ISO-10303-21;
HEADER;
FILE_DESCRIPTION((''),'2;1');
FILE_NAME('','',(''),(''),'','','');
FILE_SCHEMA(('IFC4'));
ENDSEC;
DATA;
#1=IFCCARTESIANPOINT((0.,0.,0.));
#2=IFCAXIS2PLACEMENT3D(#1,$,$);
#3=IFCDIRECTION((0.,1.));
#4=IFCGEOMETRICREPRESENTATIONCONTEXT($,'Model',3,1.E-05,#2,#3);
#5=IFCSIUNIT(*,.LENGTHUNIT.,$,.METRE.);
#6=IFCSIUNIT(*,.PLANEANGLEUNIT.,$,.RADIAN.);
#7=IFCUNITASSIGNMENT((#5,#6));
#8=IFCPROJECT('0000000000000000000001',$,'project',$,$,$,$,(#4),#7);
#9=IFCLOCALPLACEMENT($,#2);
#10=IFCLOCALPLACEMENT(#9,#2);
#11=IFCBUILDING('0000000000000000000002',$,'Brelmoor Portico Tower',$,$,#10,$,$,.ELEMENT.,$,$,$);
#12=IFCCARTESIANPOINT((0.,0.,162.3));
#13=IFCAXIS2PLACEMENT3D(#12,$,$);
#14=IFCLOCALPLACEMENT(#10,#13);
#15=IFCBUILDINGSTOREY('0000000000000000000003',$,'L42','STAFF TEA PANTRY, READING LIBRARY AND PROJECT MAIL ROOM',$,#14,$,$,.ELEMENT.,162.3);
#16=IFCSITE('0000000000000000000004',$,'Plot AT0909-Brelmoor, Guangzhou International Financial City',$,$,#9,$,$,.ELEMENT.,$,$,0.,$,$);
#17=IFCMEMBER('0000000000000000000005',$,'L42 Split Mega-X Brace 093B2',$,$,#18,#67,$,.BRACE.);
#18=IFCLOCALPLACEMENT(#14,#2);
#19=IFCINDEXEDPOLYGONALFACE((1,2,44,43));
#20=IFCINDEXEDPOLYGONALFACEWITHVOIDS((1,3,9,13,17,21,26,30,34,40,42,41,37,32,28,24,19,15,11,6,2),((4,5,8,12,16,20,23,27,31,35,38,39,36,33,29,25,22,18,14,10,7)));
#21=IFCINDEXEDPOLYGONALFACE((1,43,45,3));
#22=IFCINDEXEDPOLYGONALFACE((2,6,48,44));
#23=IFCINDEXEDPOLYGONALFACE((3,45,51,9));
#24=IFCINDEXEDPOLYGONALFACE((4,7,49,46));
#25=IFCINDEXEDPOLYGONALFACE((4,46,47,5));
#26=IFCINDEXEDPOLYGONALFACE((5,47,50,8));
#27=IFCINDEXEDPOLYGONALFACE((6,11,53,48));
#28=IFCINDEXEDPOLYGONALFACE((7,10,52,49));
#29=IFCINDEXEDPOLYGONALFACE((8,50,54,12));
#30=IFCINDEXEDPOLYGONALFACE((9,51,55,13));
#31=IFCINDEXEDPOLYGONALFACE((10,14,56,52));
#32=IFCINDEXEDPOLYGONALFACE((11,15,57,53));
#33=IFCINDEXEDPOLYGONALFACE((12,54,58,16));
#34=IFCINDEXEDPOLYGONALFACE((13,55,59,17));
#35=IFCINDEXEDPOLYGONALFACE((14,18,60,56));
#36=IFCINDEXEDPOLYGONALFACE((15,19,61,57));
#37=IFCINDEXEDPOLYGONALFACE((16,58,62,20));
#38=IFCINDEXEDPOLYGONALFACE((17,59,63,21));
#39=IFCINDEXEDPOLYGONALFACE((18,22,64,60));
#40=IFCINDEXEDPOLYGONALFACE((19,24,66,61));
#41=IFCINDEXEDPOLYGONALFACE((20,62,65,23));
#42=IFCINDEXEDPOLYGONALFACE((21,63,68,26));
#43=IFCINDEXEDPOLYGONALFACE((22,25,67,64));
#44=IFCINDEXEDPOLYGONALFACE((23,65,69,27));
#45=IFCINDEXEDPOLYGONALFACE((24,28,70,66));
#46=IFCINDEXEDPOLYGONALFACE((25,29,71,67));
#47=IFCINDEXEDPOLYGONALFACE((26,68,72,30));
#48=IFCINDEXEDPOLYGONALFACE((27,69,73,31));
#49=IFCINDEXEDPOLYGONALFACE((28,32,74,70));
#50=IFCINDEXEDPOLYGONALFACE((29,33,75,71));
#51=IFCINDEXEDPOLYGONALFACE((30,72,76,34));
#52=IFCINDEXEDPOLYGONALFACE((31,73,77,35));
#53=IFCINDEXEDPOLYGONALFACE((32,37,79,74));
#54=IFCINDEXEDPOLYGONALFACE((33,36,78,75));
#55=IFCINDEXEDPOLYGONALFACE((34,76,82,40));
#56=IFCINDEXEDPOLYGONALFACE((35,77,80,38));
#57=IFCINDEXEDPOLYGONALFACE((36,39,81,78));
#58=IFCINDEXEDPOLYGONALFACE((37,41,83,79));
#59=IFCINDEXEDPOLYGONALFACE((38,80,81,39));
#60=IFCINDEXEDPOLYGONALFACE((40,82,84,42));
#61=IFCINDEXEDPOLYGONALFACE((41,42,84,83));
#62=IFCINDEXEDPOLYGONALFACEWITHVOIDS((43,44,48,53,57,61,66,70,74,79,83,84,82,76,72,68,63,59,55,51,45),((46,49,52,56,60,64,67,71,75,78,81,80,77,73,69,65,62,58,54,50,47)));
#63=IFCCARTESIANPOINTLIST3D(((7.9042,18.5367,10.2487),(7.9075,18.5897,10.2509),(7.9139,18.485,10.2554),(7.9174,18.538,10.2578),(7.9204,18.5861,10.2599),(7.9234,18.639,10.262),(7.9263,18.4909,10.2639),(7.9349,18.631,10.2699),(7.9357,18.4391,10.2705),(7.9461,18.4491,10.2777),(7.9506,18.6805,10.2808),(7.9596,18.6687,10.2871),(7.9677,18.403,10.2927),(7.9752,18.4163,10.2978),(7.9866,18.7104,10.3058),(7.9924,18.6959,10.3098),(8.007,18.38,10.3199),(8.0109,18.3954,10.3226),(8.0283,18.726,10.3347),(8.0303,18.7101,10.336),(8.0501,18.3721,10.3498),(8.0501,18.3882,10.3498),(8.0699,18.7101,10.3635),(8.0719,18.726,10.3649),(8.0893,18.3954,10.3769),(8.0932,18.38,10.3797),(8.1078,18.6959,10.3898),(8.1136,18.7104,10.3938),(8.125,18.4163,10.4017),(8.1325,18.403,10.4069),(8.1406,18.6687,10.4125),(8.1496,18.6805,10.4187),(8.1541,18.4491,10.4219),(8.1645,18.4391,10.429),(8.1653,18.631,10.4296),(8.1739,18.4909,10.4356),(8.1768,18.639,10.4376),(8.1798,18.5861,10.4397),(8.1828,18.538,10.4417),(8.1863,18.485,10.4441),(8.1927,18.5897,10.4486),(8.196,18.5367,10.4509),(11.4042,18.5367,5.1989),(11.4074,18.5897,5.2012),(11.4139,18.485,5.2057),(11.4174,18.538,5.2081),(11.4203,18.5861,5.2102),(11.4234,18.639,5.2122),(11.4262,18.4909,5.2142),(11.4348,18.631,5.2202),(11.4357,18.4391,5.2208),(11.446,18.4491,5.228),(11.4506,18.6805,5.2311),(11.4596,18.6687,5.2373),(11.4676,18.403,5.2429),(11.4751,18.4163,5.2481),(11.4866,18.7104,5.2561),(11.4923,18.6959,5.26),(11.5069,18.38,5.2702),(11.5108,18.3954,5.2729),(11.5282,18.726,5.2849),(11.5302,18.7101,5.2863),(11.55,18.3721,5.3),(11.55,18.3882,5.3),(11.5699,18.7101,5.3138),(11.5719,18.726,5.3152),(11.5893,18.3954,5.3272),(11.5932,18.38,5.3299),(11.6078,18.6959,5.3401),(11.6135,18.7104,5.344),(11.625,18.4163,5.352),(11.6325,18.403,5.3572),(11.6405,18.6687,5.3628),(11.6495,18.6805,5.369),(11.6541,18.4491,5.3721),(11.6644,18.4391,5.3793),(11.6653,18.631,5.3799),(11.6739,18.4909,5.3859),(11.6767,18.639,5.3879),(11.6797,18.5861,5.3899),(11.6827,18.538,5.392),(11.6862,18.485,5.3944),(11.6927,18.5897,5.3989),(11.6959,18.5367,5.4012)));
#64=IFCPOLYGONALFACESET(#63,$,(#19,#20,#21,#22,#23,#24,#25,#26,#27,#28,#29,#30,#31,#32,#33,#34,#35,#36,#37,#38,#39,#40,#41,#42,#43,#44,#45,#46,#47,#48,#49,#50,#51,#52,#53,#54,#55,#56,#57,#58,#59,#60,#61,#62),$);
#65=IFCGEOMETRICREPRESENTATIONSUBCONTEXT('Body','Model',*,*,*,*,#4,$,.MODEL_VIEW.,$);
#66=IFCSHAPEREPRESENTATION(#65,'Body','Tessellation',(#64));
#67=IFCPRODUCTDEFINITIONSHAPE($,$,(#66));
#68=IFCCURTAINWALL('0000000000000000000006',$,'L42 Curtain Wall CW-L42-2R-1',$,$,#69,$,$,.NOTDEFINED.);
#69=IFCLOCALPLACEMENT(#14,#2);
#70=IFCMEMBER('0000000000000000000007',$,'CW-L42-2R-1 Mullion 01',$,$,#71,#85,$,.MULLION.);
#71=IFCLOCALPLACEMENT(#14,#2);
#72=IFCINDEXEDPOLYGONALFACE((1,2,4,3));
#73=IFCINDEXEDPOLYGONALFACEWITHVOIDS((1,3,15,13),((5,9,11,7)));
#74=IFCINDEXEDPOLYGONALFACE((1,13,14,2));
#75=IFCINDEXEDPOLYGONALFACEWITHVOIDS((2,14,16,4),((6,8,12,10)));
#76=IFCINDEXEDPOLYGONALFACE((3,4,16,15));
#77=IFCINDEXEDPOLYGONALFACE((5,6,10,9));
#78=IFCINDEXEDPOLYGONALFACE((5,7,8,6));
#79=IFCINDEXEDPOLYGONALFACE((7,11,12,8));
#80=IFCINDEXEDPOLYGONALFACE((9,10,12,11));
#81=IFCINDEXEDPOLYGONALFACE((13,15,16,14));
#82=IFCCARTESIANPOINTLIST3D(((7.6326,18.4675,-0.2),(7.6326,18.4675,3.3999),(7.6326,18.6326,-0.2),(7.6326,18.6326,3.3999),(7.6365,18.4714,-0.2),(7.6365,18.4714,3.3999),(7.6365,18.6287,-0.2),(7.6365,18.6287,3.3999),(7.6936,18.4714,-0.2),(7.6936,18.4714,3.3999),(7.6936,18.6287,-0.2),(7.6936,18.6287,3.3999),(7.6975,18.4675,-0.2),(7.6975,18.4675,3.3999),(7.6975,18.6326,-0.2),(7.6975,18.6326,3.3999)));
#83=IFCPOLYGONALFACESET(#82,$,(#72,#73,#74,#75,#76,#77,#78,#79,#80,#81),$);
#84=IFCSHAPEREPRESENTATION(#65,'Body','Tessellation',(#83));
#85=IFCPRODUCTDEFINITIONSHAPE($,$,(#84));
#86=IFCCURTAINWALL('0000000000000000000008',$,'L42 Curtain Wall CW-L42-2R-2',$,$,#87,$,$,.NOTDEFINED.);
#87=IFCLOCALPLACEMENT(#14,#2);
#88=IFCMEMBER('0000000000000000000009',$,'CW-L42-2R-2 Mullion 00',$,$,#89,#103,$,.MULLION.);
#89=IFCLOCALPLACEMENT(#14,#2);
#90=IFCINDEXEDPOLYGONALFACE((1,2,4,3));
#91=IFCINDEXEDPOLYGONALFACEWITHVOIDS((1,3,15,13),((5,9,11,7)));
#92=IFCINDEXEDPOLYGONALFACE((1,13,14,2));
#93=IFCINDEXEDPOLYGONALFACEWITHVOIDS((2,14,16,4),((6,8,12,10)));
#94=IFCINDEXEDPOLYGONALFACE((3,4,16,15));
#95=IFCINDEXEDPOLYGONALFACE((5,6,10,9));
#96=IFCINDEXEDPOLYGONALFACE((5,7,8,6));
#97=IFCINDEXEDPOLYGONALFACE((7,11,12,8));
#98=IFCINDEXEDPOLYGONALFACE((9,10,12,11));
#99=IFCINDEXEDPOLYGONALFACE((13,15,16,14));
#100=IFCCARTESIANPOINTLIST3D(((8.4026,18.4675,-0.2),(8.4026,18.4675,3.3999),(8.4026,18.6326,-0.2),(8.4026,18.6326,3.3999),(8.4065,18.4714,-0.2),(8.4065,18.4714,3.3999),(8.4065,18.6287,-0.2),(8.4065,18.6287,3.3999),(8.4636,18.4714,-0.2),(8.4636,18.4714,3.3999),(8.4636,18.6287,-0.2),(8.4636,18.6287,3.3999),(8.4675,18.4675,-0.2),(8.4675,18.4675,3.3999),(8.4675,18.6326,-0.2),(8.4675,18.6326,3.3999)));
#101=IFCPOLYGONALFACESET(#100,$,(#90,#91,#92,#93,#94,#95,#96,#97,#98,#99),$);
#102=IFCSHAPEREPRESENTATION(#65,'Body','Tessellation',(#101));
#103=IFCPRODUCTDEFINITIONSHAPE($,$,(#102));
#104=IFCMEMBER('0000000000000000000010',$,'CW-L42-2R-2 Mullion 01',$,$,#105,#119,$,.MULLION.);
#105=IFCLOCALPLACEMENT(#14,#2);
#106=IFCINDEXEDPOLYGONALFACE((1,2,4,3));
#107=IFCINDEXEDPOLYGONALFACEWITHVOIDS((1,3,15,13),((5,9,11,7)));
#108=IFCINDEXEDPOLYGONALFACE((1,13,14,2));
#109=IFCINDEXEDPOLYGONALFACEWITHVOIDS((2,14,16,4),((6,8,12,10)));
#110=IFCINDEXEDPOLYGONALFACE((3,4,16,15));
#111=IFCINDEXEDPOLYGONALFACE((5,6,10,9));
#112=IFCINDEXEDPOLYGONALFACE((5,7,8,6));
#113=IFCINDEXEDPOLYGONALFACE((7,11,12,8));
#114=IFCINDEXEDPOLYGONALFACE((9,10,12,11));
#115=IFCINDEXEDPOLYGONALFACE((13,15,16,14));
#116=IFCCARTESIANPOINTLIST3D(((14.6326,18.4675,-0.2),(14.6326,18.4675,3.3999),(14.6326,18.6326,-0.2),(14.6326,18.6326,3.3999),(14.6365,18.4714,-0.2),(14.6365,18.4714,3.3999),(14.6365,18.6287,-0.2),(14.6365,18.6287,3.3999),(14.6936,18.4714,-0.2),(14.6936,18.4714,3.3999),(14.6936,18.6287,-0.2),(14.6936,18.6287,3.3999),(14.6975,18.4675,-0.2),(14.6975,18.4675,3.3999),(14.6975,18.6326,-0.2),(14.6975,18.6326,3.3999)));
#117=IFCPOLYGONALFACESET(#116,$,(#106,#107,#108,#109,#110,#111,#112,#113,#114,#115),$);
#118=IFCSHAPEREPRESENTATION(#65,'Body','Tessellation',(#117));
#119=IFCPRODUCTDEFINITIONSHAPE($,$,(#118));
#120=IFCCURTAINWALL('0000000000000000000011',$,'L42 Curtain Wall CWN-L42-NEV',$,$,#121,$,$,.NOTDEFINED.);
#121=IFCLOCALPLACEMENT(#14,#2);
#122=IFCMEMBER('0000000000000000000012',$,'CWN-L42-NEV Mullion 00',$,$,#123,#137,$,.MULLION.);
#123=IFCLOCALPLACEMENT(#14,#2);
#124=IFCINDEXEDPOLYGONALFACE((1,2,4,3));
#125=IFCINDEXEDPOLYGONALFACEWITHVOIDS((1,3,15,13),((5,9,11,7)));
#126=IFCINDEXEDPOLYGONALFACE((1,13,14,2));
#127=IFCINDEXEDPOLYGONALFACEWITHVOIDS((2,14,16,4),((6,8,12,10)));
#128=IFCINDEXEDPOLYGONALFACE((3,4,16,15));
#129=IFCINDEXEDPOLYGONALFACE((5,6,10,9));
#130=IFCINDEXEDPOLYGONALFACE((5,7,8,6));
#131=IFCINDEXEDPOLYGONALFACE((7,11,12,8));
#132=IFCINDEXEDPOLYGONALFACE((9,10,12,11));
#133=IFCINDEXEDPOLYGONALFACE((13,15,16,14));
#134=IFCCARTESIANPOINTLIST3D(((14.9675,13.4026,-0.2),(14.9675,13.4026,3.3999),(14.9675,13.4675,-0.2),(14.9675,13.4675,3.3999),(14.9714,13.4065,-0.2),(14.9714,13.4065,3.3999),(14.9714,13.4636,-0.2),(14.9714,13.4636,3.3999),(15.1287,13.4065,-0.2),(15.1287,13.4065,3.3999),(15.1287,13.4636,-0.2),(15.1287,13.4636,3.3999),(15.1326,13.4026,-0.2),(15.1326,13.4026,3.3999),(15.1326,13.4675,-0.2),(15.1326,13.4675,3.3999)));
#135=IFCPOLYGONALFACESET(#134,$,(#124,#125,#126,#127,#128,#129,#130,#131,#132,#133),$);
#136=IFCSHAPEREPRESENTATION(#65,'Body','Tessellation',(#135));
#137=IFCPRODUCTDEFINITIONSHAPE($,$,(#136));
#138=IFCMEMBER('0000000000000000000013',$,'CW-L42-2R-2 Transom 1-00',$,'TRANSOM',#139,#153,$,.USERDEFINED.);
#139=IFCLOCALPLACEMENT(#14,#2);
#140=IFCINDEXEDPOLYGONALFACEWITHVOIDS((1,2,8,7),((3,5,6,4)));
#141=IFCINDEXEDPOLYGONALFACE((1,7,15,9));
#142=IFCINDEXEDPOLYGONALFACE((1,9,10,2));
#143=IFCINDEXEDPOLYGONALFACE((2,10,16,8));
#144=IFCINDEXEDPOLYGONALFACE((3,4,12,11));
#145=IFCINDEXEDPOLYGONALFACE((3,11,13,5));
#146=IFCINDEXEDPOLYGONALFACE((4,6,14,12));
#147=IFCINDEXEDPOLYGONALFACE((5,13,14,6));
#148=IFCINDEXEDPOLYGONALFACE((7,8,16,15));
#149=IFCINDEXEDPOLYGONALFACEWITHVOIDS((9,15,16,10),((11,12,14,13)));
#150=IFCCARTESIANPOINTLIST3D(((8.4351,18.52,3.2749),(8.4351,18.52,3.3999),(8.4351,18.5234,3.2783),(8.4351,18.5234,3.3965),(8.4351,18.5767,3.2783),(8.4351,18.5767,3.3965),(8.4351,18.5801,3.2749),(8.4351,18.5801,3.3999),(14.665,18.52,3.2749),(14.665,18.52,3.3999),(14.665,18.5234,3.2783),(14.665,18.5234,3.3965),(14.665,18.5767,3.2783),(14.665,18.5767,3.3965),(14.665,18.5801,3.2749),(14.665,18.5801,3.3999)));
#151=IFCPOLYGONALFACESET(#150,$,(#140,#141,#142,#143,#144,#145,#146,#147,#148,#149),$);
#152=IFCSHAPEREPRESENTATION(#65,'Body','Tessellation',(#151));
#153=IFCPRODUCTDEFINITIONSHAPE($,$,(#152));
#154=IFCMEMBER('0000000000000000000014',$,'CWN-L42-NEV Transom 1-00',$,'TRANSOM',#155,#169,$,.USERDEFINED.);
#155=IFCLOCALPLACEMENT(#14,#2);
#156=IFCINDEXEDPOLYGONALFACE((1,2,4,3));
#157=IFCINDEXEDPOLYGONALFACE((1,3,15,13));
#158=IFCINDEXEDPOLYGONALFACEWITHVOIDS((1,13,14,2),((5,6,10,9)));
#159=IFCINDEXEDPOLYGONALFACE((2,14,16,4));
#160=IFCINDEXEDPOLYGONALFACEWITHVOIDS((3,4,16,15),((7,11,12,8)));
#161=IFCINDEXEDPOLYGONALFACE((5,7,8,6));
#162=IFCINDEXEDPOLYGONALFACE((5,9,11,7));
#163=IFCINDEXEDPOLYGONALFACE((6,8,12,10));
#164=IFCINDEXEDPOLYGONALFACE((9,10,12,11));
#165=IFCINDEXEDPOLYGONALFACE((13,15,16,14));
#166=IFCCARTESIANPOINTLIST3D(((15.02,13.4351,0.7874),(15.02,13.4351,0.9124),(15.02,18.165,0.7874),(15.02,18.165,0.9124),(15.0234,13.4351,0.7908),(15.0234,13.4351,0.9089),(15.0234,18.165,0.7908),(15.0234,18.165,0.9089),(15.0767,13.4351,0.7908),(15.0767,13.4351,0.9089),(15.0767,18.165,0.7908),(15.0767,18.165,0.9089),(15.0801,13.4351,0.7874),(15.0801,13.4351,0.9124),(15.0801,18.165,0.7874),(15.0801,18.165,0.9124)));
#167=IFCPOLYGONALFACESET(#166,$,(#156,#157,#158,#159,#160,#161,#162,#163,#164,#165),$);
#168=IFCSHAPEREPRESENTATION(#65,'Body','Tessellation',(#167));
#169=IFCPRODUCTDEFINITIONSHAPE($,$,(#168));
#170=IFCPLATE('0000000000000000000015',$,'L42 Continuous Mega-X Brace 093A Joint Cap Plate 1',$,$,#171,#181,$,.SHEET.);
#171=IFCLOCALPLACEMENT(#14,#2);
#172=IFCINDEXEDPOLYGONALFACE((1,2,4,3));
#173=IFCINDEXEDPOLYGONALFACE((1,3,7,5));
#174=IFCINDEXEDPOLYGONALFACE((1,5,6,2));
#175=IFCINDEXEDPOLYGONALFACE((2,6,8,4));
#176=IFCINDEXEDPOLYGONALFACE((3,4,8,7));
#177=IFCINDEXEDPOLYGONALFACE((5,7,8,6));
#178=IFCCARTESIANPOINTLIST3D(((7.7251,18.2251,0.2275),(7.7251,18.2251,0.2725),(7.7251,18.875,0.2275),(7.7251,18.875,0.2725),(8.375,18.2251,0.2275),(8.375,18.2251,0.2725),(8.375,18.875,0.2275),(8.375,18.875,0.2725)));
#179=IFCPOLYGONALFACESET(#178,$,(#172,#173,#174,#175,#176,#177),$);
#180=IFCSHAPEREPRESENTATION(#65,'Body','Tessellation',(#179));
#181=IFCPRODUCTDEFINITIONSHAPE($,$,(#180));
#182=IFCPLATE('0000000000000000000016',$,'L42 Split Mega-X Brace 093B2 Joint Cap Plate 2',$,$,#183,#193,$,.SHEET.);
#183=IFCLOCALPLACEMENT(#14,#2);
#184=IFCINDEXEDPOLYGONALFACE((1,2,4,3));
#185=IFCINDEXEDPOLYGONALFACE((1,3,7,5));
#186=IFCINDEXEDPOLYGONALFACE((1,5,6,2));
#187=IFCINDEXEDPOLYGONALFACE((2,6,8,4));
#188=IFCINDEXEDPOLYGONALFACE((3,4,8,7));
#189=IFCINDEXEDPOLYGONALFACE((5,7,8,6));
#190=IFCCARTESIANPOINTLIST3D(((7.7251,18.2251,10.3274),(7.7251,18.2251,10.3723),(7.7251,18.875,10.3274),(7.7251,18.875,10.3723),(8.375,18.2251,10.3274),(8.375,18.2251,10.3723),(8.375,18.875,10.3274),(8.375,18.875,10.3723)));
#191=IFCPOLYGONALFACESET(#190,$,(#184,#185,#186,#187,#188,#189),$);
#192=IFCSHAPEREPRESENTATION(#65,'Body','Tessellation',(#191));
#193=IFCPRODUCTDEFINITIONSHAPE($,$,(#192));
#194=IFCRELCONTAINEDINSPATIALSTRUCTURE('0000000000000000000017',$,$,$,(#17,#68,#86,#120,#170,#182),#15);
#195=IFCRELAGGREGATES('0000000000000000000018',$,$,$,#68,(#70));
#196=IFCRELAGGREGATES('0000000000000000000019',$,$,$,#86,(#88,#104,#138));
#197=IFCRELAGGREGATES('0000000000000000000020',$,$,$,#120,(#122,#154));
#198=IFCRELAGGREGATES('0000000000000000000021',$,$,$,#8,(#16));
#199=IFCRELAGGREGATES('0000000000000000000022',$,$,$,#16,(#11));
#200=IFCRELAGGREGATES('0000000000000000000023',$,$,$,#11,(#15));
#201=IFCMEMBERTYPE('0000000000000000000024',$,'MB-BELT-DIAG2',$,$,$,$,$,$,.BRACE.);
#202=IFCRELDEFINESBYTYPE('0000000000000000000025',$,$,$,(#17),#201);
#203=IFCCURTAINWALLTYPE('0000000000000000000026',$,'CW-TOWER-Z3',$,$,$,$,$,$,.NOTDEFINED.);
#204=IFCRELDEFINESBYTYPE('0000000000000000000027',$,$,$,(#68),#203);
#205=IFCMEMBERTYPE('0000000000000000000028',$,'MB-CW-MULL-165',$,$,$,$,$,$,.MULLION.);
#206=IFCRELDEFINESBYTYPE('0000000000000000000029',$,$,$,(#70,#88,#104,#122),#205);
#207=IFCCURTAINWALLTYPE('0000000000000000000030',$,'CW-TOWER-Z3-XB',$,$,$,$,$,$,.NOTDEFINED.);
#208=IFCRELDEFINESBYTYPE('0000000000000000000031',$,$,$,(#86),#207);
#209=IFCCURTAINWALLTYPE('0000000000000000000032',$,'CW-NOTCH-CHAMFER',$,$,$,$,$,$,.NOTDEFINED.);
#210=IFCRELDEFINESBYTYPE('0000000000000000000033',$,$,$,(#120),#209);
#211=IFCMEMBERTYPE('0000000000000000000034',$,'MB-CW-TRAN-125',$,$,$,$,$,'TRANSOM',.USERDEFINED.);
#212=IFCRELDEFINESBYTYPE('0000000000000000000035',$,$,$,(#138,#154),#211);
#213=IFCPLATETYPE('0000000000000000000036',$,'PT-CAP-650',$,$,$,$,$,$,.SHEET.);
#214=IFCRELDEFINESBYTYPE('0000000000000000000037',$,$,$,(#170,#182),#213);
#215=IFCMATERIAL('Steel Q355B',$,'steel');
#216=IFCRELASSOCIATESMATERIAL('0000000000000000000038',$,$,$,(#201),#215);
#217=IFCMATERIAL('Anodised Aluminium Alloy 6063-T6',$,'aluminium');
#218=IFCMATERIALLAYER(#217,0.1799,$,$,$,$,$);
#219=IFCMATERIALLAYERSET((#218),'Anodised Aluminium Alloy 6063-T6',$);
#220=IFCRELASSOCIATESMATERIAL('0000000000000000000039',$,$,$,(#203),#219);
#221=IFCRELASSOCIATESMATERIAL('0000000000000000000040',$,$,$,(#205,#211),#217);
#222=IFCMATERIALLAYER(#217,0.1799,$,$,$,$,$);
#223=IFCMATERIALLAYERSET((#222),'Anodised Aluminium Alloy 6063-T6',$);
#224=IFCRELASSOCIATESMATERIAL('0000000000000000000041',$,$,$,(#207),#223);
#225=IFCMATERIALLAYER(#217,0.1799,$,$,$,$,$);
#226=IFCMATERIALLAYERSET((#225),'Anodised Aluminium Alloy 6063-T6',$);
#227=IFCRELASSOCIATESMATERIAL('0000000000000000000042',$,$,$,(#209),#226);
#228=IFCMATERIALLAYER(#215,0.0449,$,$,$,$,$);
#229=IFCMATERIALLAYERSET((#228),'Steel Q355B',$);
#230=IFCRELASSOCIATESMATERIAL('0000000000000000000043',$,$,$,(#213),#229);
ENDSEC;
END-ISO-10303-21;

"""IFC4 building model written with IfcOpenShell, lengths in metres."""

from ifc_helpers import new_model, si_unit, direction, frame, origin, origin_2d, place, context, subcontext, project, spatial, rectangle, hollow_rectangle, hollow_circle, extrude, material, layer, layer_set, material_profile, profile_set, type_object, element, aggregate, save


model = new_model("IFC4")

# Units and contexts
model_context = context("Model", 3, precision=1e-05, world=origin(), true_north=direction((0.0, 1.0)))
body_context = subcontext(model_context, "Body", "Model", "MODEL_VIEW")
ifc_project = project(units=[si_unit("LENGTHUNIT", "METRE"), si_unit("PLANEANGLEUNIT", "RADIAN")], contexts=[model_context])

# Site, building, storey
site_placement = place(None, origin())
site = spatial("IfcSite", under=ifc_project, at=site_placement, Name="Plot AT0909-Brelmoor, Guangzhou International Financial City", CompositionType="ELEMENT", RefElevation=0.0)
building_placement = place(site_placement, origin())
building = spatial("IfcBuilding", under=site, at=building_placement, Name="Brelmoor Portico Tower", CompositionType="ELEMENT")
storey_placement = place(building_placement, frame((0.0, 0.0, 162.3)))
storey = spatial("IfcBuildingStorey", under=building, at=storey_placement, Name="L42", Description="STAFF TEA PANTRY, READING LIBRARY AND PROJECT MAIL ROOM", CompositionType="ELEMENT", Elevation=162.3)

# Shared definitions
ifc_material_1 = material(Name="Steel Q355B", Category="steel")

# Member
ifc_material_profile_1 = material_profile(ifc_material_1, hollow_circle(Radius=0.178, WallThickness=0.0161, at=origin_2d()), Name="CHS 356x16")
ifc_profile_set_1 = profile_set([ifc_material_profile_1], Name="Steel Q355B")
member_type_1 = type_object("IfcMemberType", Name="MB-BELT-DIAG2", PredefinedType="BRACE", material=ifc_profile_set_1)
member_1_placement = place(storey_placement, frame((11.55, 18.55, 5.3), z_axis=(-0.569648, 0.0, 0.821889), x_axis=(0.0, -1.0, 0.0)))
element("IfcMember", 1, at=member_1_placement, inside=storey, type_object=member_type_1, Name="L42 Split Mega-X Brace 093B2", PredefinedType="BRACE", context=body_context, shape_type="SweptSolid", body=[
    extrude(hollow_circle(Radius=0.178, WallThickness=0.0161, at=origin_2d()), origin(), (0.0, 0.0, 1.0), 6.144),
])

# Curtain wall, member
ifc_material_2 = material(Name="Anodised Aluminium Alloy 6063-T6", Category="aluminium")
ifc_layer_1 = layer(ifc_material_2, 0.1799)
ifc_layer_set_1 = layer_set([ifc_layer_1], Name="Anodised Aluminium Alloy 6063-T6")
curtain_wall_type_1 = type_object("IfcCurtainWallType", Name="CW-TOWER-Z3", PredefinedType="NOTDEFINED", material=ifc_layer_set_1)
curtain_wall_1_placement = place(storey_placement, origin())
curtain_wall_1 = element("IfcCurtainWall", 2, at=curtain_wall_1_placement, inside=storey, type_object=curtain_wall_type_1, Name="L42 Curtain Wall CW-L42-2R-1", PredefinedType="NOTDEFINED")
ifc_material_profile_2 = material_profile(ifc_material_2, hollow_rectangle(XDim=0.0649, YDim=0.165, WallThickness=0.0039, at=origin_2d()), Name="ALU MULLION 65x165")
ifc_profile_set_2 = profile_set([ifc_material_profile_2], Name="Anodised Aluminium Alloy 6063-T6")
member_type_2 = type_object("IfcMemberType", Name="MB-CW-MULL-165", PredefinedType="MULLION", material=ifc_profile_set_2)
member_2_placement = place(storey_placement, frame((7.665, 18.55, -0.2), z_axis=(0.0, 0.0, 1.0), x_axis=(1.0, 0.0, 0.0)))
member_2 = element("IfcMember", 3, at=member_2_placement, type_object=member_type_2, Name="CW-L42-2R-1 Mullion 01", PredefinedType="MULLION", context=body_context, shape_type="SweptSolid", body=[
    extrude(hollow_rectangle(XDim=0.0649, YDim=0.165, WallThickness=0.0039, at=origin_2d()), origin(), (0.0, 0.0, 1.0), 3.5999),
])

# Curtain wall, members
ifc_layer_2 = layer(ifc_material_2, 0.1799)
ifc_layer_set_2 = layer_set([ifc_layer_2], Name="Anodised Aluminium Alloy 6063-T6")
curtain_wall_type_2 = type_object("IfcCurtainWallType", Name="CW-TOWER-Z3-XB", PredefinedType="NOTDEFINED", material=ifc_layer_set_2)
curtain_wall_2_placement = place(storey_placement, origin())
curtain_wall_2 = element("IfcCurtainWall", 4, at=curtain_wall_2_placement, inside=storey, type_object=curtain_wall_type_2, Name="L42 Curtain Wall CW-L42-2R-2", PredefinedType="NOTDEFINED")
member_3_placement = place(storey_placement, frame((8.4351, 18.55, -0.2), z_axis=(0.0, 0.0, 1.0), x_axis=(1.0, 0.0, 0.0)))
member_3 = element("IfcMember", 5, at=member_3_placement, type_object=member_type_2, Name="CW-L42-2R-2 Mullion 00", PredefinedType="MULLION", context=body_context, shape_type="SweptSolid", body=[
    extrude(hollow_rectangle(XDim=0.0649, YDim=0.165, WallThickness=0.0039, at=origin_2d()), origin(), (0.0, 0.0, 1.0), 3.5999),
])
member_4_placement = place(storey_placement, frame((14.665, 18.55, -0.2), z_axis=(0.0, 0.0, 1.0), x_axis=(1.0, 0.0, 0.0)))
member_4 = element("IfcMember", 6, at=member_4_placement, type_object=member_type_2, Name="CW-L42-2R-2 Mullion 01", PredefinedType="MULLION", context=body_context, shape_type="SweptSolid", body=[
    extrude(hollow_rectangle(XDim=0.0649, YDim=0.165, WallThickness=0.0039, at=origin_2d()), origin(), (0.0, 0.0, 1.0), 3.5999),
])

# Curtain wall, member
ifc_layer_3 = layer(ifc_material_2, 0.1799)
ifc_layer_set_3 = layer_set([ifc_layer_3], Name="Anodised Aluminium Alloy 6063-T6")
curtain_wall_type_3 = type_object("IfcCurtainWallType", Name="CW-NOTCH-CHAMFER", PredefinedType="NOTDEFINED", material=ifc_layer_set_3)
curtain_wall_3_placement = place(storey_placement, origin())
curtain_wall_3 = element("IfcCurtainWall", 7, at=curtain_wall_3_placement, inside=storey, type_object=curtain_wall_type_3, Name="L42 Curtain Wall CWN-L42-NEV", PredefinedType="NOTDEFINED")
member_5_placement = place(storey_placement, frame((15.05, 13.4351, -0.2), z_axis=(0.0, 0.0, 1.0), x_axis=(0.0, 1.0, 0.0)))
member_5 = element("IfcMember", 8, at=member_5_placement, type_object=member_type_2, Name="CWN-L42-NEV Mullion 00", PredefinedType="MULLION", context=body_context, shape_type="SweptSolid", body=[
    extrude(hollow_rectangle(XDim=0.0649, YDim=0.165, WallThickness=0.0039, at=origin_2d()), origin(), (0.0, 0.0, 1.0), 3.5999),
])

# Members
ifc_material_profile_3 = material_profile(ifc_material_2, hollow_rectangle(XDim=0.0601, YDim=0.125, WallThickness=0.0034, at=origin_2d()), Name="ALU TRANSOM 60x125")
ifc_profile_set_3 = profile_set([ifc_material_profile_3], Name="Anodised Aluminium Alloy 6063-T6")
member_type_3 = type_object("IfcMemberType", Name="MB-CW-TRAN-125", ElementType="TRANSOM", PredefinedType="USERDEFINED", material=ifc_profile_set_3)
member_6_placement = place(storey_placement, frame((8.4351, 18.55, 3.3374), z_axis=(1.0, 0.0, 0.0), x_axis=(0.0, 1.0, 0.0)))
member_6 = element("IfcMember", 9, at=member_6_placement, type_object=member_type_3, Name="CW-L42-2R-2 Transom 1-00", ObjectType="TRANSOM", PredefinedType="USERDEFINED", context=body_context, shape_type="SweptSolid", body=[
    extrude(hollow_rectangle(XDim=0.0601, YDim=0.125, WallThickness=0.0034, at=origin_2d()), origin(), (0.0, 0.0, 1.0), 6.23),
])
member_7_placement = place(storey_placement, frame((15.05, 13.4351, 0.8499), z_axis=(0.0, 1.0, 0.0), x_axis=(-1.0, 0.0, 0.0)))
member_7 = element("IfcMember", 10, at=member_7_placement, type_object=member_type_3, Name="CWN-L42-NEV Transom 1-00", ObjectType="TRANSOM", PredefinedType="USERDEFINED", context=body_context, shape_type="SweptSolid", body=[
    extrude(hollow_rectangle(XDim=0.0601, YDim=0.125, WallThickness=0.0034, at=origin_2d()), origin(), (0.0, 0.0, 1.0), 4.73),
])

# Plates
ifc_layer_4 = layer(ifc_material_1, 0.0449)
ifc_layer_set_4 = layer_set([ifc_layer_4], Name="Steel Q355B")
plate_type_1 = type_object("IfcPlateType", Name="PT-CAP-650", PredefinedType="SHEET", material=ifc_layer_set_4)
for number, where, z_axis, x_axis, name in (
    (11, (8.05, 18.55, 0.2275), (0.0, 0.0, 1.0), (1.0, 0.0, 0.0), "L42 Continuous Mega-X Brace 093A Joint Cap Plate 1"),
    (12, (8.05, 18.55, 10.3274), (0.0, 0.0, 1.0), (1.0, 0.0, 0.0), "L42 Split Mega-X Brace 093B2 Joint Cap Plate 2"),
):
    element("IfcPlate", number, at=place(storey_placement, frame(where, z_axis=z_axis, x_axis=x_axis)), inside=storey, type_object=plate_type_1, Name=name, PredefinedType="SHEET", context=body_context, shape_type="SweptSolid", body=[
        extrude(rectangle(XDim=0.6499, YDim=0.6499, at=origin_2d()), origin(), (0.0, 0.0, 1.0), 0.0449),
    ])

aggregate(curtain_wall_1, [member_2])
aggregate(curtain_wall_2, [member_3, member_4, member_6])
aggregate(curtain_wall_3, [member_5, member_7])

save(model, "model.ifc")
